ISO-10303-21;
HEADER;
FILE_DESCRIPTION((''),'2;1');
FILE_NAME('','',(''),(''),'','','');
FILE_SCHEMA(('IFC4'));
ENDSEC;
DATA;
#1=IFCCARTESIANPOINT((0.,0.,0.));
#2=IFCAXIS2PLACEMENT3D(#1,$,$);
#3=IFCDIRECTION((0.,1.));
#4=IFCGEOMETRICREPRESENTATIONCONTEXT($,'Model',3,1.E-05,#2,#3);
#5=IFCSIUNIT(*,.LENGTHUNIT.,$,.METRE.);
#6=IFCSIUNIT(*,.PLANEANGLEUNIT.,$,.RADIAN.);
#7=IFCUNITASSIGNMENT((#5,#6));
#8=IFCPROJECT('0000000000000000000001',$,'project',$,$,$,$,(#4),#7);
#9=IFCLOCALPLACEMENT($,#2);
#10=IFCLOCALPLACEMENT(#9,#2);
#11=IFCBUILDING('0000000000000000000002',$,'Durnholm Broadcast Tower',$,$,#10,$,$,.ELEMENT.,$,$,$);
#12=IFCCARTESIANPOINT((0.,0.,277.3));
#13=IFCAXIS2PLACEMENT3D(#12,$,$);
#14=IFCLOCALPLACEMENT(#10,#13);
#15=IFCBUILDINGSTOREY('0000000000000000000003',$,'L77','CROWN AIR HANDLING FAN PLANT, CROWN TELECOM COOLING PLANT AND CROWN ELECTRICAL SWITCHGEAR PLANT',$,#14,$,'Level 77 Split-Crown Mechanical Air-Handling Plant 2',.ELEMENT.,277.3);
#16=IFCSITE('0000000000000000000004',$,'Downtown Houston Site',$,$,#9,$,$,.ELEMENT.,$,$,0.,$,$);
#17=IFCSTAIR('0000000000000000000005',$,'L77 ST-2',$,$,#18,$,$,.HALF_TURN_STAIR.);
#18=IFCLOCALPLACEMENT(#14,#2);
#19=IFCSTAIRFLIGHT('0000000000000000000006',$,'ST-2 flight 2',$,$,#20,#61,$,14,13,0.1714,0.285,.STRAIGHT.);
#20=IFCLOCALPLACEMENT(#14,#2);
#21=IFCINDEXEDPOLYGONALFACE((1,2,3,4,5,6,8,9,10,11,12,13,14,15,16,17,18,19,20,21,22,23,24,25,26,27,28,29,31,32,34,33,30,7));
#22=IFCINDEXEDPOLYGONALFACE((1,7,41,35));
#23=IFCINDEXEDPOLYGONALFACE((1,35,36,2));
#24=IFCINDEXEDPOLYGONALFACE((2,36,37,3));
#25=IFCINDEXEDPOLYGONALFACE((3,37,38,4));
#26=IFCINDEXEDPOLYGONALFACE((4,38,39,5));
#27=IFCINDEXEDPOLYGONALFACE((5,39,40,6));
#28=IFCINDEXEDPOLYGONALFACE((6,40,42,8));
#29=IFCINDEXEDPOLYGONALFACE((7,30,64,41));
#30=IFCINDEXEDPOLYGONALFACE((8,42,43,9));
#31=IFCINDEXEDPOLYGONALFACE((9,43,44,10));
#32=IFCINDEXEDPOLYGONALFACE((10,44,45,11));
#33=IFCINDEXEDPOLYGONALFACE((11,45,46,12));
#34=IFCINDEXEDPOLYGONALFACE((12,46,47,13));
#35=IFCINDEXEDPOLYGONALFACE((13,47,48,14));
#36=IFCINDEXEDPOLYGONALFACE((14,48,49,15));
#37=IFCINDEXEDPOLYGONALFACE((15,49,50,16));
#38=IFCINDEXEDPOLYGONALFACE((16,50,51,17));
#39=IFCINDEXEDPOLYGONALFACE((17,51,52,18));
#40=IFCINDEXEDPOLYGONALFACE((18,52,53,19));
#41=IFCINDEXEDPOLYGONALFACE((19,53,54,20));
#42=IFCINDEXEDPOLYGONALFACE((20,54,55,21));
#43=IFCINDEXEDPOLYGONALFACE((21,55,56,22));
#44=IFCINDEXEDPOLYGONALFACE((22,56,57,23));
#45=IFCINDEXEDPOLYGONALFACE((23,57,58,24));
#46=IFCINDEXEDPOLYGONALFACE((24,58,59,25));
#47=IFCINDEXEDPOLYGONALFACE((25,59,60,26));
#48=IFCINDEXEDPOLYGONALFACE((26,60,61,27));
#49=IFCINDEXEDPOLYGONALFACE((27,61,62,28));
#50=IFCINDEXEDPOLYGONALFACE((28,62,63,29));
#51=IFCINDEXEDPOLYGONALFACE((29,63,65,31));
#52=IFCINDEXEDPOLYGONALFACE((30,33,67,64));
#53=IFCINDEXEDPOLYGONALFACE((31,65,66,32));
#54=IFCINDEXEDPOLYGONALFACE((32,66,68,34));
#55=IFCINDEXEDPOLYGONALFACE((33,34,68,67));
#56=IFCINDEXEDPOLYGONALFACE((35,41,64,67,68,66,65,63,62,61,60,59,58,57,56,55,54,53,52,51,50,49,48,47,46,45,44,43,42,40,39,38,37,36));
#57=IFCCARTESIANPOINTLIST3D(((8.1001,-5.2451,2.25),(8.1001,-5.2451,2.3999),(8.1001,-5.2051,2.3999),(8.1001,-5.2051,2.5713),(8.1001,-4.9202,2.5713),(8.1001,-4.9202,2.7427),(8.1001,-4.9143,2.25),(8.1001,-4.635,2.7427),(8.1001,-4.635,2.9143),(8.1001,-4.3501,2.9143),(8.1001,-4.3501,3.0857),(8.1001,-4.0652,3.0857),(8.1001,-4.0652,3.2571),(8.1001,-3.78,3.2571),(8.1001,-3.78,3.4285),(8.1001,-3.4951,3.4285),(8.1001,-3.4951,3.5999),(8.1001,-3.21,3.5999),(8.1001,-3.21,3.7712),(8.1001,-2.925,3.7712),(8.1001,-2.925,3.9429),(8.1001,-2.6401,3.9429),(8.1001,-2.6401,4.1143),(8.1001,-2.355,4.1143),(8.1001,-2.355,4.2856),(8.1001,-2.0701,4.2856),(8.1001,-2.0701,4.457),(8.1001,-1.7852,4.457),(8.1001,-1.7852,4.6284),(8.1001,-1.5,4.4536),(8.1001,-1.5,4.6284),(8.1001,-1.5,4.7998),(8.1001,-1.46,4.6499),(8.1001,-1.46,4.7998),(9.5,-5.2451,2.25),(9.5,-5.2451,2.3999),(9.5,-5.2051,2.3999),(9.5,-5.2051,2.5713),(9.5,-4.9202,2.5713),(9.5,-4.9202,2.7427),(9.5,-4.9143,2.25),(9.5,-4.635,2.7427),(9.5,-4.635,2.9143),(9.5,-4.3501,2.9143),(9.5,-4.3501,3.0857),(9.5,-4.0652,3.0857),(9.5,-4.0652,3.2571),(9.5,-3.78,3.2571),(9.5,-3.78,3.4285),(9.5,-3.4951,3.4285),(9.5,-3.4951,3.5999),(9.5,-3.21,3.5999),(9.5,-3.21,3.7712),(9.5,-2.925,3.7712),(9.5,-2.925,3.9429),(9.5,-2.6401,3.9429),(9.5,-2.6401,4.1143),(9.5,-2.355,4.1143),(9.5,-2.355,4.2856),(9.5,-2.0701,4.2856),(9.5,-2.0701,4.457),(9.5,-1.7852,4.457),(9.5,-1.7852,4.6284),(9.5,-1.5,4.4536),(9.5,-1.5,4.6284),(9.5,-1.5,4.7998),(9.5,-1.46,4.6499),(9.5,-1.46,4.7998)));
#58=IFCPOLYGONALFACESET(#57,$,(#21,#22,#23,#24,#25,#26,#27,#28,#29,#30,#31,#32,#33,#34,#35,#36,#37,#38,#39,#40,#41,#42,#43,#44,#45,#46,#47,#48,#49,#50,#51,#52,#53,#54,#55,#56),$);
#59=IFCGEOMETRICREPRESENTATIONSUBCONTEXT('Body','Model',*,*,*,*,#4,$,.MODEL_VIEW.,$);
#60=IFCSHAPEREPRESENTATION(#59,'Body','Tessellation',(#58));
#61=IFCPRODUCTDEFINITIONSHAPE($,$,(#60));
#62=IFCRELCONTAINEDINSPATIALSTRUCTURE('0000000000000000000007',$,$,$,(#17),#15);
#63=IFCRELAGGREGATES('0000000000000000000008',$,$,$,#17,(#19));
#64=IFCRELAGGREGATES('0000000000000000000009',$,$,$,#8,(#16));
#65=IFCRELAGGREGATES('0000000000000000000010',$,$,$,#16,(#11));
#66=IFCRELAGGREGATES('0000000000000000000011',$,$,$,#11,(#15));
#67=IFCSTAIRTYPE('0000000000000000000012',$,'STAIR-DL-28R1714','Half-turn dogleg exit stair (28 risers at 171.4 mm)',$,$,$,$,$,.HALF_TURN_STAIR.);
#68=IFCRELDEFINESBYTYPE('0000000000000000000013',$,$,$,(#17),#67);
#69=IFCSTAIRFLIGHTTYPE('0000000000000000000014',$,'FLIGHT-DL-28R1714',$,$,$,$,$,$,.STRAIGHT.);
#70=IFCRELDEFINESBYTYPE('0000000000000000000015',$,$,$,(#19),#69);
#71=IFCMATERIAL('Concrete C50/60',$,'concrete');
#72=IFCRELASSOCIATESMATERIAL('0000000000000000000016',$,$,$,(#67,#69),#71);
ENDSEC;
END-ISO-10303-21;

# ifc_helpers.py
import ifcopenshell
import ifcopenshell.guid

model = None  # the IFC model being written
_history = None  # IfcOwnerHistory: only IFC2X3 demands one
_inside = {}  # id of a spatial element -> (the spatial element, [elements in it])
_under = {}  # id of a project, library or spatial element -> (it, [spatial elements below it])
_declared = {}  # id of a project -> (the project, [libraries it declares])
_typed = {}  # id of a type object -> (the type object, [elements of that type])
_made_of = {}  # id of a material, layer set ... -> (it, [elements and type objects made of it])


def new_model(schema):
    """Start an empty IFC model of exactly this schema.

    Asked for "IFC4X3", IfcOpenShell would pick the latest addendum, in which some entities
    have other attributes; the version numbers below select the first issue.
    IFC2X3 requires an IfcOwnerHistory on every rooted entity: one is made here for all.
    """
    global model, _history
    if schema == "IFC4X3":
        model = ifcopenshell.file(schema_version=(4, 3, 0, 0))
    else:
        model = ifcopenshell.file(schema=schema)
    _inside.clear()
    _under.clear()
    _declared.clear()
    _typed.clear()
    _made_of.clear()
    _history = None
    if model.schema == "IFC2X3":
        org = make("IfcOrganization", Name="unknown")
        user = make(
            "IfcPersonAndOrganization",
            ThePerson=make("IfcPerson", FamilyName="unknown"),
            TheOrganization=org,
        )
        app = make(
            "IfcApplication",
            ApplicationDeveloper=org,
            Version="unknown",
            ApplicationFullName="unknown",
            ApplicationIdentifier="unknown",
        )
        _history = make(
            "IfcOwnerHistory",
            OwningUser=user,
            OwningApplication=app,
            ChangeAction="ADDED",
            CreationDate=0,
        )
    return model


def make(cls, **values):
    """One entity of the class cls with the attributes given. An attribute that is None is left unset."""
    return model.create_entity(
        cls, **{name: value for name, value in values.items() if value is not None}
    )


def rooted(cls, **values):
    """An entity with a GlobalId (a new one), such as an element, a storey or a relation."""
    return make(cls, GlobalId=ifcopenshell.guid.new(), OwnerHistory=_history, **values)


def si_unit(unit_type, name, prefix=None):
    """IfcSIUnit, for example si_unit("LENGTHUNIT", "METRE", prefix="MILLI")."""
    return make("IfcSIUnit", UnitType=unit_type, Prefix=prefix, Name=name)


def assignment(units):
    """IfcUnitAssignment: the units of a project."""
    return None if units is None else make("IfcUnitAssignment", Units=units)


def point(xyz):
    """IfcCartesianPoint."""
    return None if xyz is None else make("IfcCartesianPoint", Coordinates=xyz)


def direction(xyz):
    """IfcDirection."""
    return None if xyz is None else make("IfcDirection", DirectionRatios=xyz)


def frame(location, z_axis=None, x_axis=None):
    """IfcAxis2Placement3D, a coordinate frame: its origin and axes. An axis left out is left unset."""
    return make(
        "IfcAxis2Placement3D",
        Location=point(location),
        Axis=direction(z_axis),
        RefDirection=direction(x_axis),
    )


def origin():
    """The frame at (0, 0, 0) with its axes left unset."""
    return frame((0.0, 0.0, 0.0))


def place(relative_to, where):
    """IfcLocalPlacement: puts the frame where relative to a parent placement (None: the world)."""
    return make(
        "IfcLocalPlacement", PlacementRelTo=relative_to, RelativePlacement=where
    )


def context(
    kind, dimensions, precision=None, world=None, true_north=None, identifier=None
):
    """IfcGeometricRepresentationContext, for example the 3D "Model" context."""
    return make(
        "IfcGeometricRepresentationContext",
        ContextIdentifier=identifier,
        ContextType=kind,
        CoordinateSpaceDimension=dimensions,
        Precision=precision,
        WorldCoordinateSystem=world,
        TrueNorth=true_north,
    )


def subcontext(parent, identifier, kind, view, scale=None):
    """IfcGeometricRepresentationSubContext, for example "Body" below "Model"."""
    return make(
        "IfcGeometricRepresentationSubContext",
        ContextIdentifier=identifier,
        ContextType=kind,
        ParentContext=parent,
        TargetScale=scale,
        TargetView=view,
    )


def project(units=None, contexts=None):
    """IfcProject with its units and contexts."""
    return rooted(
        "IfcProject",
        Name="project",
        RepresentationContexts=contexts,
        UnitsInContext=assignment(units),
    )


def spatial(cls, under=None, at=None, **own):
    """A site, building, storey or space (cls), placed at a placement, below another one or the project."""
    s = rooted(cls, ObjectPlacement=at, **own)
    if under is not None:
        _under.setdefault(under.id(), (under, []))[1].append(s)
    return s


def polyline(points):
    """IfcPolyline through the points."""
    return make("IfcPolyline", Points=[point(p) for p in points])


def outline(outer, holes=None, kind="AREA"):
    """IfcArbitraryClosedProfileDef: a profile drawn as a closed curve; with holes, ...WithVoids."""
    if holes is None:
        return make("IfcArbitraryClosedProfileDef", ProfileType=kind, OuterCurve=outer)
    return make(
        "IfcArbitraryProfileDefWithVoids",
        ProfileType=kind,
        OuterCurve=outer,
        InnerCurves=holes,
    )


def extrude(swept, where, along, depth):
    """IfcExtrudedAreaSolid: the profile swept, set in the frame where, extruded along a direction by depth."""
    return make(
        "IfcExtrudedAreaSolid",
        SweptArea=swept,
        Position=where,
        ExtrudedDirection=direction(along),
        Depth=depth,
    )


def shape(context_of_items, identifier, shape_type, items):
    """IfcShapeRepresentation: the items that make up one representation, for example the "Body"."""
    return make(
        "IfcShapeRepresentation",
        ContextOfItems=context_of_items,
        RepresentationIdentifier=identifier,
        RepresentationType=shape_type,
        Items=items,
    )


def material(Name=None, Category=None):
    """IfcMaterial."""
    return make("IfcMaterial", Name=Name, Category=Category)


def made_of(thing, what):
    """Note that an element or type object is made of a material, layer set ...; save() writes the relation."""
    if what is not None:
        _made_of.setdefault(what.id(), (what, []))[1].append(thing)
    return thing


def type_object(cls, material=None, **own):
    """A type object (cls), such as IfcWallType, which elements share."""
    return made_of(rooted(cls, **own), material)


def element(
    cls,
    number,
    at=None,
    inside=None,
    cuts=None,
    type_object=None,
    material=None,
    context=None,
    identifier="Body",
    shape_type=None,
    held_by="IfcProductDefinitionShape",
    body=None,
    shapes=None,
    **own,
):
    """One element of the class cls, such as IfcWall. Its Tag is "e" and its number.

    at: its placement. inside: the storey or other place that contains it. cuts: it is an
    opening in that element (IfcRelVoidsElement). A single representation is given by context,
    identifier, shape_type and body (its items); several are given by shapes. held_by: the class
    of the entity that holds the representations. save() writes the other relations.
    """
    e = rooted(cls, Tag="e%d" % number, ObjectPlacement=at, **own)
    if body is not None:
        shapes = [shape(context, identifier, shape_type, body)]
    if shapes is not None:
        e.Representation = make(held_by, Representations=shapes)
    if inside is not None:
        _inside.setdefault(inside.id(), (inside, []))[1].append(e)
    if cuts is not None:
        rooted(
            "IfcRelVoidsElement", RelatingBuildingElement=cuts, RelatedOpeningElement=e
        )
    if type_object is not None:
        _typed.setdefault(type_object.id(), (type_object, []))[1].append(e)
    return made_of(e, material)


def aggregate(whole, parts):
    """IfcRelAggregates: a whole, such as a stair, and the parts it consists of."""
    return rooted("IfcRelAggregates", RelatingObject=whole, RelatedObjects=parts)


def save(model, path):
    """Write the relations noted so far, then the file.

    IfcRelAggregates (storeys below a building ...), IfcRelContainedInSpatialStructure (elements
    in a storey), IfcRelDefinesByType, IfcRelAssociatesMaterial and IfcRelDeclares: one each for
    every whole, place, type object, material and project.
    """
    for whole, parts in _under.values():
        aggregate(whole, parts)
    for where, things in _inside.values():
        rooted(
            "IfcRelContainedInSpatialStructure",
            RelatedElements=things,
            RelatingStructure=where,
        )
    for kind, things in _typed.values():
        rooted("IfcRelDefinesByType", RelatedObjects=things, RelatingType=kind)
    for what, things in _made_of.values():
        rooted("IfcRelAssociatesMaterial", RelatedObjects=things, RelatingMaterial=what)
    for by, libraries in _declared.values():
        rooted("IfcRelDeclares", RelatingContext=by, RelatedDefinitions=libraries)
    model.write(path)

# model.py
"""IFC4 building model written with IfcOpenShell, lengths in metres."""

from ifc_helpers import new_model, si_unit, direction, frame, origin, place, context, subcontext, project, spatial, polyline, outline, extrude, material, type_object, element, aggregate, save


model = new_model("IFC4")

# Units and contexts
model_context = context("Model", 3, precision=1e-05, world=origin(), true_north=direction((0.0, 1.0)))
body_context = subcontext(model_context, "Body", "Model", "MODEL_VIEW")
ifc_project = project(units=[si_unit("LENGTHUNIT", "METRE"), si_unit("PLANEANGLEUNIT", "RADIAN")], contexts=[model_context])

# Site, building, storey
site_placement = place(None, origin())
site = spatial("IfcSite", under=ifc_project, at=site_placement, Name="Downtown Houston Site", CompositionType="ELEMENT", RefElevation=0.0)
building_placement = place(site_placement, origin())
building = spatial("IfcBuilding", under=site, at=building_placement, Name="Durnholm Broadcast Tower", CompositionType="ELEMENT")
storey_placement = place(building_placement, frame((0.0, 0.0, 277.3)))
storey = spatial("IfcBuildingStorey", under=building, at=storey_placement, Name="L77", Description="CROWN AIR HANDLING FAN PLANT, CROWN TELECOM COOLING PLANT AND CROWN ELECTRICAL SWITCHGEAR PLANT", LongName="Level 77 Split-Crown Mechanical Air-Handling Plant 2", CompositionType="ELEMENT", Elevation=277.3)

# Shared definitions
ifc_material_1 = material(Name="Concrete C50/60", Category="concrete")

# Stair, stair flight
stair_type = type_object("IfcStairType", Name="STAIR-DL-28R1714", Description="Half-turn dogleg exit stair (28 risers at 171.4 mm)", PredefinedType="HALF_TURN_STAIR", material=ifc_material_1)
stair_placement = place(storey_placement, origin())
stair = element("IfcStair", 1, at=stair_placement, inside=storey, type_object=stair_type, Name="L77 ST-2", PredefinedType="HALF_TURN_STAIR")
stair_flight_type = type_object("IfcStairFlightType", Name="FLIGHT-DL-28R1714", PredefinedType="STRAIGHT", material=ifc_material_1)
stair_flight_1_placement = place(storey_placement, frame((8.8, -5.2051, 2.3999), z_axis=(0.0, 0.0, 1.0), x_axis=(0.0, 1.0, 0.0)))
stair_flight_1 = element("IfcStairFlight", 2, at=stair_flight_1_placement, type_object=stair_flight_type, Name="ST-2 flight 2", NumberOfRisers=14, NumberOfTreads=13, PredefinedType="STRAIGHT", RiserHeight=0.1714, TreadLength=0.285, context=body_context, shape_type="SweptSolid", body=[
    extrude(outline(polyline([(-0.04, -0.1499), (-0.04, 0.0), (0.0, 0.0), (0.0, 0.1714), (0.2849, 0.1714), (0.2849, 0.3428), (0.5701, 0.3428), (0.5701, 0.5144), (0.855, 0.5144), (0.855, 0.6858), (1.1399, 0.6858), (1.1399, 0.8572), (1.425, 0.8572), (1.425, 1.0286), (1.71, 1.0286), (1.71, 1.2), (1.9951, 1.2), (1.9951, 1.3713), (2.28, 1.3713), (2.28, 1.543), (2.5649, 1.543), (2.5649, 1.7144), (2.8501, 1.7144), (2.8501, 1.8857), (3.135, 1.8857), (3.135, 2.0571), (3.4199, 2.0571), (3.4199, 2.2285), (3.7051, 2.2285), (3.7051, 2.3999), (3.7451, 2.3999), (3.7451, 2.25), (3.7051, 2.0537), (0.2908, -0.1499), (-0.04, -0.1499)])), frame((0.0, 0.7, 0.0), z_axis=(0.0, -1.0, 0.0), x_axis=(1.0, 0.0, 0.0)), (0.0, 0.0, 1.0), 1.3999),
])
aggregate(stair, [stair_flight_1])

save(model, "model.ifc")
